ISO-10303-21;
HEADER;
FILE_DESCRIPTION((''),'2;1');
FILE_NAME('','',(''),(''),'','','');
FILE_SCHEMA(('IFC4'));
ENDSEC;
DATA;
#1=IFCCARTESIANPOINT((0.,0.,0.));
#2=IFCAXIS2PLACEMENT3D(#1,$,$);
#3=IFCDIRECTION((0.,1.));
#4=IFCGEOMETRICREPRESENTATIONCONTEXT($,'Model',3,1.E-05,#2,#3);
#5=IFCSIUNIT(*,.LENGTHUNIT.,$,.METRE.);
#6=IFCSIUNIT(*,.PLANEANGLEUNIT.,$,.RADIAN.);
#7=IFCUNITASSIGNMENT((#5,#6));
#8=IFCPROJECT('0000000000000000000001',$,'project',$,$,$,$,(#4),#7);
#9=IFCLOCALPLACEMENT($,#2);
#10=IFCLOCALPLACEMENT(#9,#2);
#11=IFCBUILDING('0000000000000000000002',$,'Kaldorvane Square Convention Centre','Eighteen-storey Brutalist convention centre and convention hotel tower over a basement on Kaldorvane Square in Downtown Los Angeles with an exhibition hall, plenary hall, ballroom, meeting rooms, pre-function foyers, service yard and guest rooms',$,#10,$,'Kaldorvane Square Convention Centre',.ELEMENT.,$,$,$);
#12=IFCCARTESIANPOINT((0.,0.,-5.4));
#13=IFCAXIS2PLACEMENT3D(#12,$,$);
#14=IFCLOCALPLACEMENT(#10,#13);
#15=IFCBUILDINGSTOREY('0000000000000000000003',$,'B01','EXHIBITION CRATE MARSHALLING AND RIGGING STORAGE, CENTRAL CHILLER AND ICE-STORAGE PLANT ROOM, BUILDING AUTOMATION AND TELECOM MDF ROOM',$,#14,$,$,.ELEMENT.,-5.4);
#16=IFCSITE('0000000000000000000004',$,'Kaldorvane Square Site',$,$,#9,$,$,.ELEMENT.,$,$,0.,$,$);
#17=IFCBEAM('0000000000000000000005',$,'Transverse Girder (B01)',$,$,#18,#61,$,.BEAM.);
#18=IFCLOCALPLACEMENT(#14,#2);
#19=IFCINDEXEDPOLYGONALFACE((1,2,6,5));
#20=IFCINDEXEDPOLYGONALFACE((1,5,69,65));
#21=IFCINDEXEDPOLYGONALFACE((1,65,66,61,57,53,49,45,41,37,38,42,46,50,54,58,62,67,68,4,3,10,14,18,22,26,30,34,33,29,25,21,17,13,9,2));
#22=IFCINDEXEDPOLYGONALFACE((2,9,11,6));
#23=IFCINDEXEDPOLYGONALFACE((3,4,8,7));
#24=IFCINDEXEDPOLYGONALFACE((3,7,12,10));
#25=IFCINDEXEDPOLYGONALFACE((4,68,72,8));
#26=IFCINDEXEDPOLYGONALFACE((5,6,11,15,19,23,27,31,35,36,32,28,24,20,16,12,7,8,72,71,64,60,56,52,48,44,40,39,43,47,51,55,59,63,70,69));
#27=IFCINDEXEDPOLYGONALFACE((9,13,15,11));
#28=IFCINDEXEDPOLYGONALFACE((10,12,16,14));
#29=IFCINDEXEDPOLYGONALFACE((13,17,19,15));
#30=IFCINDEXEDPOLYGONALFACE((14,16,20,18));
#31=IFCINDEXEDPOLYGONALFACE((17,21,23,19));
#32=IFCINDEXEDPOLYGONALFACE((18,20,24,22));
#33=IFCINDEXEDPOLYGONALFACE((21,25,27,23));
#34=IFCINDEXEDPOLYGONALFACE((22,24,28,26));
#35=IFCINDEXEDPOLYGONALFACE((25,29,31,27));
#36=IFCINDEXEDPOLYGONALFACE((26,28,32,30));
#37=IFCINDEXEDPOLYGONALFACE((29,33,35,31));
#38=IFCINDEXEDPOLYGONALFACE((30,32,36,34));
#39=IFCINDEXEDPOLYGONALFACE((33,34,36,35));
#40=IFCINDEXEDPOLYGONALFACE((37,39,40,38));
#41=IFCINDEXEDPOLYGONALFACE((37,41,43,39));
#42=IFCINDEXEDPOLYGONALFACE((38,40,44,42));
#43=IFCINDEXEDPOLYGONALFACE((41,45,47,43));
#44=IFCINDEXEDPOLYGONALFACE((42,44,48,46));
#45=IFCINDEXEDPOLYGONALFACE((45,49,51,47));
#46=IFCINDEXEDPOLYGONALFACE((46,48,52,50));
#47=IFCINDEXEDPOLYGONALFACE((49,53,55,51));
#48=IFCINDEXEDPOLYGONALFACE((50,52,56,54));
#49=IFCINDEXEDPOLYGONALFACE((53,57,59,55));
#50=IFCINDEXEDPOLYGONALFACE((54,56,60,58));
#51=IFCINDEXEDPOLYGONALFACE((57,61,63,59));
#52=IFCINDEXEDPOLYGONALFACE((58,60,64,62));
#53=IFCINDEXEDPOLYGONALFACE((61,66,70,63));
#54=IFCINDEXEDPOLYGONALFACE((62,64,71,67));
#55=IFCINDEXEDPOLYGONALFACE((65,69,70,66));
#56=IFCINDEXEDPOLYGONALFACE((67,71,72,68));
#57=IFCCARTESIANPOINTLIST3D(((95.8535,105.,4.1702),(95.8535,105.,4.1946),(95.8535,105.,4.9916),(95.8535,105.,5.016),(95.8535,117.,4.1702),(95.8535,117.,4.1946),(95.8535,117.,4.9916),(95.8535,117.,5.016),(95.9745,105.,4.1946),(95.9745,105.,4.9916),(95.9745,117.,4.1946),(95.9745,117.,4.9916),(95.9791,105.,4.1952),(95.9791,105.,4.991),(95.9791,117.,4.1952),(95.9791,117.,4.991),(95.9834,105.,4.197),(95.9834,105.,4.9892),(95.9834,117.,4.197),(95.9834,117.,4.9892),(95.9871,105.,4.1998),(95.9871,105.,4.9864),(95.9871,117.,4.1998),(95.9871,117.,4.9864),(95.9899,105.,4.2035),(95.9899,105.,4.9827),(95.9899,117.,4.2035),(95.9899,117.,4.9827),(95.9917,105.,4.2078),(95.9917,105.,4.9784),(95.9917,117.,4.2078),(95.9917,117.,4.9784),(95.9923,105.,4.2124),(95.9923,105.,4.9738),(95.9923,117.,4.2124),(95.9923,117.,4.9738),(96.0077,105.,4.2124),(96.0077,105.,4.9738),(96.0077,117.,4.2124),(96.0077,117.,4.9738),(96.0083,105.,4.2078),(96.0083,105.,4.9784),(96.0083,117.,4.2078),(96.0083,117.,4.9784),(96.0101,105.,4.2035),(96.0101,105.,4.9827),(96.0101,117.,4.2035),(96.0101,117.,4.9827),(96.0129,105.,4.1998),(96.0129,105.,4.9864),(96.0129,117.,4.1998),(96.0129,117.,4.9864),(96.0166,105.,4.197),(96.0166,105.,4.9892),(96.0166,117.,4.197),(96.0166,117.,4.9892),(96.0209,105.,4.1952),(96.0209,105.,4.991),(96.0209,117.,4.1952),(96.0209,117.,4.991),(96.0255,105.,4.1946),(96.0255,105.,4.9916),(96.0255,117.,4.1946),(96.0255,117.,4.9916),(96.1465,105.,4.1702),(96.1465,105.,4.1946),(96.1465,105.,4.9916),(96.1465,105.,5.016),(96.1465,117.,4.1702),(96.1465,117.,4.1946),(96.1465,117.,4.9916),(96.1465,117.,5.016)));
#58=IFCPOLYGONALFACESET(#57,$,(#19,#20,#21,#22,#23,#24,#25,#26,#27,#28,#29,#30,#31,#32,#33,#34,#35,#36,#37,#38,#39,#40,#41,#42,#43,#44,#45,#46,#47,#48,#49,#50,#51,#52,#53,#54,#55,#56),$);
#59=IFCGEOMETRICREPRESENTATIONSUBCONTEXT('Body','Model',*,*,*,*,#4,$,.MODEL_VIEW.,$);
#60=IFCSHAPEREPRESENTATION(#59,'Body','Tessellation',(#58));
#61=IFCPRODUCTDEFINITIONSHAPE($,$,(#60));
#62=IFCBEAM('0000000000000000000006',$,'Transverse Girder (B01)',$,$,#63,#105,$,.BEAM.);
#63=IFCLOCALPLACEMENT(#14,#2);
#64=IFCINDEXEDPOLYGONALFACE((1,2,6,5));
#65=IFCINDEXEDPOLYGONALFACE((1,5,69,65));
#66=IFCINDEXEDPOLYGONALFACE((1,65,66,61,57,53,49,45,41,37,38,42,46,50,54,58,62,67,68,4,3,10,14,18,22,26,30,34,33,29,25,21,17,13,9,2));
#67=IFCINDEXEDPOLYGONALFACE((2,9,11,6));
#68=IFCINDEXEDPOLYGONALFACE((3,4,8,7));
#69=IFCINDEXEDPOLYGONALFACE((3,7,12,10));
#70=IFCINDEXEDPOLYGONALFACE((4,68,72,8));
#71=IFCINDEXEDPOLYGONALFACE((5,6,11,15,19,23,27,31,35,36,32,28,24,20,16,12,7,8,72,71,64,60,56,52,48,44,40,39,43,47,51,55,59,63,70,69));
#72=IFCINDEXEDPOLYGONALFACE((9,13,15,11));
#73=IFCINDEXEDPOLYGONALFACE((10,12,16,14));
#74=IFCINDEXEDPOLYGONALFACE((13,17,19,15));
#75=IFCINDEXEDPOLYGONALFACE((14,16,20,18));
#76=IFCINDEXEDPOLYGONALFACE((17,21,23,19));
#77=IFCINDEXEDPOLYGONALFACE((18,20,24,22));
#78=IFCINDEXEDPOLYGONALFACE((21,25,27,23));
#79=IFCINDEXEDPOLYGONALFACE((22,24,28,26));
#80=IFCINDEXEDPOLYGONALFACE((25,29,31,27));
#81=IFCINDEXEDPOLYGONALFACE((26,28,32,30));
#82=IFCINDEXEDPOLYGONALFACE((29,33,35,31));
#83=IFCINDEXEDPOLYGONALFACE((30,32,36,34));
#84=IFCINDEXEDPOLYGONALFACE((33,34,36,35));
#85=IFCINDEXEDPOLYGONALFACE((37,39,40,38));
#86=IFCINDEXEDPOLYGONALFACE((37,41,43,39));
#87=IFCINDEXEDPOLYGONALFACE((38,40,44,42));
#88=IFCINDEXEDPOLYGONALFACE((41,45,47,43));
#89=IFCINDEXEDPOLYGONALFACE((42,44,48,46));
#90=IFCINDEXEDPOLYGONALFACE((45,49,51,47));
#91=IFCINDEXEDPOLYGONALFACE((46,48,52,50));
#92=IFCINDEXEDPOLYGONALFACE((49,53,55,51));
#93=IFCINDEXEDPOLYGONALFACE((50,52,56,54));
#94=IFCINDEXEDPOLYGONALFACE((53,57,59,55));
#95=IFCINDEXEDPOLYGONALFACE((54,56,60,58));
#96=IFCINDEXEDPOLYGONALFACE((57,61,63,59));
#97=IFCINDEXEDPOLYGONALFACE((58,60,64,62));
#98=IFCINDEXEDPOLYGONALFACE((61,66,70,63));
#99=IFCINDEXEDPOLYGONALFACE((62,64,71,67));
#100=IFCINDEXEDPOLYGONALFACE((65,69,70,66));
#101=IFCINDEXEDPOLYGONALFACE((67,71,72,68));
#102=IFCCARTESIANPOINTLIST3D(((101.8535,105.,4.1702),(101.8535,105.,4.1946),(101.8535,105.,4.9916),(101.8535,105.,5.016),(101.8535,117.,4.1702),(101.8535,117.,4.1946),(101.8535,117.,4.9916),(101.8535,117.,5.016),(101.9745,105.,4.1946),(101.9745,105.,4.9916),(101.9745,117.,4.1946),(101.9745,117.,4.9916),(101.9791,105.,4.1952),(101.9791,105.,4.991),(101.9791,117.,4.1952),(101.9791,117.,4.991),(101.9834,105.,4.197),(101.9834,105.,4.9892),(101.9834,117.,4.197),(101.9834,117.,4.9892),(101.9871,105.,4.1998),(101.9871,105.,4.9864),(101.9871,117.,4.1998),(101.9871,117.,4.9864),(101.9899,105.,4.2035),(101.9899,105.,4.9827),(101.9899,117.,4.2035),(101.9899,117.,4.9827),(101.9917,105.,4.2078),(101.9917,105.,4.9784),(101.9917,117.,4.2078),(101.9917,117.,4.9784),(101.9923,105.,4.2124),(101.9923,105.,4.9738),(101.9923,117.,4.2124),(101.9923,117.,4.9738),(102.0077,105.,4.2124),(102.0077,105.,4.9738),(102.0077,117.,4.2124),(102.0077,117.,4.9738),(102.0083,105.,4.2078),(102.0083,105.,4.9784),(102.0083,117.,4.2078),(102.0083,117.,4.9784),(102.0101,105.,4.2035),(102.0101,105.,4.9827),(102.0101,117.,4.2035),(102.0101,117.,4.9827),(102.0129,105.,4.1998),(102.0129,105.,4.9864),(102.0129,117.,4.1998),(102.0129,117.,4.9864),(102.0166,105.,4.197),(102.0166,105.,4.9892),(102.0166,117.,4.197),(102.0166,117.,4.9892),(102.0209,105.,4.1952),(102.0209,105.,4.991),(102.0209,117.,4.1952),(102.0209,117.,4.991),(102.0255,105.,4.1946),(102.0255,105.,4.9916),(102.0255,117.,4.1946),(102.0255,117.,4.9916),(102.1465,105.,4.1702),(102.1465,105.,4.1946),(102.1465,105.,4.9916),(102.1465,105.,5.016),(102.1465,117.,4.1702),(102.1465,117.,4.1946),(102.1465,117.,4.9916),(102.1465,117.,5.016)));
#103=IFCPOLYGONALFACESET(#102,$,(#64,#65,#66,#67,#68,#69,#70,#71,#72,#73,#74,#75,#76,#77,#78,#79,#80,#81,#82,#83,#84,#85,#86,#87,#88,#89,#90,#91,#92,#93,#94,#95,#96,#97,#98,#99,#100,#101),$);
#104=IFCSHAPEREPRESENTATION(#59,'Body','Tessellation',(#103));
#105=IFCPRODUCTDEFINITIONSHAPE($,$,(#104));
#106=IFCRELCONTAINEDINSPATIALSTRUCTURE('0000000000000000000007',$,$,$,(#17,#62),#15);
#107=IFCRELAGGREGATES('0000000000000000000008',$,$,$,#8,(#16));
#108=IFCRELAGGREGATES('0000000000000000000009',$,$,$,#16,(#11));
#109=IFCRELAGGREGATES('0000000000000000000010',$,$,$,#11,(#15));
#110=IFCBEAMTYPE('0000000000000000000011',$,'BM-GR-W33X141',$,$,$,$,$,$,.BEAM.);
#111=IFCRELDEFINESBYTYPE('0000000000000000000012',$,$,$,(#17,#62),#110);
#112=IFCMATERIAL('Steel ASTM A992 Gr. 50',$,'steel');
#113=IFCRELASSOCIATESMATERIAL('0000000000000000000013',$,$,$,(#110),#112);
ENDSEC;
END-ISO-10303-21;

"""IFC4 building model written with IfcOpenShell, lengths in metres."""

from ifc_helpers import new_model, si_unit, direction, frame, origin, origin_2d, place, context, subcontext, project, spatial, i_section, extrude, material, material_profile, profile_set, type_object, element, save


model = new_model("IFC4")

# Units and contexts
model_context = context("Model", 3, precision=1e-05, world=origin(), true_north=direction((0.0, 1.0)))
body_context = subcontext(model_context, "Body", "Model", "MODEL_VIEW")
ifc_project = project(units=[si_unit("LENGTHUNIT", "METRE"), si_unit("PLANEANGLEUNIT", "RADIAN")], contexts=[model_context])

# Site, building, storey
site_placement = place(None, origin())
site = spatial("IfcSite", under=ifc_project, at=site_placement, Name="Kaldorvane Square Site", CompositionType="ELEMENT", RefElevation=0.0)
building_placement = place(site_placement, origin())
building = spatial("IfcBuilding", under=site, at=building_placement, Name="Kaldorvane Square Convention Centre", Description="Eighteen-storey Brutalist convention centre and convention hotel tower over a basement on Kaldorvane Square in Downtown Los Angeles with an exhibition hall, plenary hall, ballroom, meeting rooms, pre-function foyers, service yard and guest rooms", LongName="Kaldorvane Square Convention Centre", CompositionType="ELEMENT")
storey_placement = place(building_placement, frame((0.0, 0.0, -5.4)))
storey = spatial("IfcBuildingStorey", under=building, at=storey_placement, Name="B01", Description="EXHIBITION CRATE MARSHALLING AND RIGGING STORAGE, CENTRAL CHILLER AND ICE-STORAGE PLANT ROOM, BUILDING AUTOMATION AND TELECOM MDF ROOM", CompositionType="ELEMENT", Elevation=-5.4)

# Shared definitions
ifc_material_1 = material(Name="Steel ASTM A992 Gr. 50", Category="steel")

# Beams
ifc_material_profile_1 = material_profile(ifc_material_1, i_section(OverallWidth=0.293, OverallDepth=0.8458, WebThickness=0.0154, FlangeThickness=0.0244, FilletRadius=0.0178, at=origin_2d()), Name="W33X141")
ifc_profile_set_1 = profile_set([ifc_material_profile_1], Name="Steel ASTM A992 Gr. 50")
beam_type_1 = type_object("IfcBeamType", Name="BM-GR-W33X141", PredefinedType="BEAM", material=ifc_profile_set_1)
for number, where, z_axis, x_axis, name in (
    (1, (96.0, 105.0, 4.5931), (0.0, 1.0, 0.0), (-1.0, 0.0, 0.0), "Transverse Girder (B01)"),
    (2, (102.0, 105.0, 4.5931), (0.0, 1.0, 0.0), (-1.0, 0.0, 0.0), "Transverse Girder (B01)"),
):
    element("IfcBeam", number, at=place(storey_placement, frame(where, z_axis=z_axis, x_axis=x_axis)), inside=storey, type_object=beam_type_1, Name=name, PredefinedType="BEAM", context=body_context, shape_type="SweptSolid", body=[
        extrude(i_section(OverallWidth=0.293, OverallDepth=0.8458, WebThickness=0.0154, FlangeThickness=0.0244, FilletRadius=0.0178, at=origin_2d()), origin(), (0.0, 0.0, 1.0), 12.0),
    ])

save(model, "model.ifc")
